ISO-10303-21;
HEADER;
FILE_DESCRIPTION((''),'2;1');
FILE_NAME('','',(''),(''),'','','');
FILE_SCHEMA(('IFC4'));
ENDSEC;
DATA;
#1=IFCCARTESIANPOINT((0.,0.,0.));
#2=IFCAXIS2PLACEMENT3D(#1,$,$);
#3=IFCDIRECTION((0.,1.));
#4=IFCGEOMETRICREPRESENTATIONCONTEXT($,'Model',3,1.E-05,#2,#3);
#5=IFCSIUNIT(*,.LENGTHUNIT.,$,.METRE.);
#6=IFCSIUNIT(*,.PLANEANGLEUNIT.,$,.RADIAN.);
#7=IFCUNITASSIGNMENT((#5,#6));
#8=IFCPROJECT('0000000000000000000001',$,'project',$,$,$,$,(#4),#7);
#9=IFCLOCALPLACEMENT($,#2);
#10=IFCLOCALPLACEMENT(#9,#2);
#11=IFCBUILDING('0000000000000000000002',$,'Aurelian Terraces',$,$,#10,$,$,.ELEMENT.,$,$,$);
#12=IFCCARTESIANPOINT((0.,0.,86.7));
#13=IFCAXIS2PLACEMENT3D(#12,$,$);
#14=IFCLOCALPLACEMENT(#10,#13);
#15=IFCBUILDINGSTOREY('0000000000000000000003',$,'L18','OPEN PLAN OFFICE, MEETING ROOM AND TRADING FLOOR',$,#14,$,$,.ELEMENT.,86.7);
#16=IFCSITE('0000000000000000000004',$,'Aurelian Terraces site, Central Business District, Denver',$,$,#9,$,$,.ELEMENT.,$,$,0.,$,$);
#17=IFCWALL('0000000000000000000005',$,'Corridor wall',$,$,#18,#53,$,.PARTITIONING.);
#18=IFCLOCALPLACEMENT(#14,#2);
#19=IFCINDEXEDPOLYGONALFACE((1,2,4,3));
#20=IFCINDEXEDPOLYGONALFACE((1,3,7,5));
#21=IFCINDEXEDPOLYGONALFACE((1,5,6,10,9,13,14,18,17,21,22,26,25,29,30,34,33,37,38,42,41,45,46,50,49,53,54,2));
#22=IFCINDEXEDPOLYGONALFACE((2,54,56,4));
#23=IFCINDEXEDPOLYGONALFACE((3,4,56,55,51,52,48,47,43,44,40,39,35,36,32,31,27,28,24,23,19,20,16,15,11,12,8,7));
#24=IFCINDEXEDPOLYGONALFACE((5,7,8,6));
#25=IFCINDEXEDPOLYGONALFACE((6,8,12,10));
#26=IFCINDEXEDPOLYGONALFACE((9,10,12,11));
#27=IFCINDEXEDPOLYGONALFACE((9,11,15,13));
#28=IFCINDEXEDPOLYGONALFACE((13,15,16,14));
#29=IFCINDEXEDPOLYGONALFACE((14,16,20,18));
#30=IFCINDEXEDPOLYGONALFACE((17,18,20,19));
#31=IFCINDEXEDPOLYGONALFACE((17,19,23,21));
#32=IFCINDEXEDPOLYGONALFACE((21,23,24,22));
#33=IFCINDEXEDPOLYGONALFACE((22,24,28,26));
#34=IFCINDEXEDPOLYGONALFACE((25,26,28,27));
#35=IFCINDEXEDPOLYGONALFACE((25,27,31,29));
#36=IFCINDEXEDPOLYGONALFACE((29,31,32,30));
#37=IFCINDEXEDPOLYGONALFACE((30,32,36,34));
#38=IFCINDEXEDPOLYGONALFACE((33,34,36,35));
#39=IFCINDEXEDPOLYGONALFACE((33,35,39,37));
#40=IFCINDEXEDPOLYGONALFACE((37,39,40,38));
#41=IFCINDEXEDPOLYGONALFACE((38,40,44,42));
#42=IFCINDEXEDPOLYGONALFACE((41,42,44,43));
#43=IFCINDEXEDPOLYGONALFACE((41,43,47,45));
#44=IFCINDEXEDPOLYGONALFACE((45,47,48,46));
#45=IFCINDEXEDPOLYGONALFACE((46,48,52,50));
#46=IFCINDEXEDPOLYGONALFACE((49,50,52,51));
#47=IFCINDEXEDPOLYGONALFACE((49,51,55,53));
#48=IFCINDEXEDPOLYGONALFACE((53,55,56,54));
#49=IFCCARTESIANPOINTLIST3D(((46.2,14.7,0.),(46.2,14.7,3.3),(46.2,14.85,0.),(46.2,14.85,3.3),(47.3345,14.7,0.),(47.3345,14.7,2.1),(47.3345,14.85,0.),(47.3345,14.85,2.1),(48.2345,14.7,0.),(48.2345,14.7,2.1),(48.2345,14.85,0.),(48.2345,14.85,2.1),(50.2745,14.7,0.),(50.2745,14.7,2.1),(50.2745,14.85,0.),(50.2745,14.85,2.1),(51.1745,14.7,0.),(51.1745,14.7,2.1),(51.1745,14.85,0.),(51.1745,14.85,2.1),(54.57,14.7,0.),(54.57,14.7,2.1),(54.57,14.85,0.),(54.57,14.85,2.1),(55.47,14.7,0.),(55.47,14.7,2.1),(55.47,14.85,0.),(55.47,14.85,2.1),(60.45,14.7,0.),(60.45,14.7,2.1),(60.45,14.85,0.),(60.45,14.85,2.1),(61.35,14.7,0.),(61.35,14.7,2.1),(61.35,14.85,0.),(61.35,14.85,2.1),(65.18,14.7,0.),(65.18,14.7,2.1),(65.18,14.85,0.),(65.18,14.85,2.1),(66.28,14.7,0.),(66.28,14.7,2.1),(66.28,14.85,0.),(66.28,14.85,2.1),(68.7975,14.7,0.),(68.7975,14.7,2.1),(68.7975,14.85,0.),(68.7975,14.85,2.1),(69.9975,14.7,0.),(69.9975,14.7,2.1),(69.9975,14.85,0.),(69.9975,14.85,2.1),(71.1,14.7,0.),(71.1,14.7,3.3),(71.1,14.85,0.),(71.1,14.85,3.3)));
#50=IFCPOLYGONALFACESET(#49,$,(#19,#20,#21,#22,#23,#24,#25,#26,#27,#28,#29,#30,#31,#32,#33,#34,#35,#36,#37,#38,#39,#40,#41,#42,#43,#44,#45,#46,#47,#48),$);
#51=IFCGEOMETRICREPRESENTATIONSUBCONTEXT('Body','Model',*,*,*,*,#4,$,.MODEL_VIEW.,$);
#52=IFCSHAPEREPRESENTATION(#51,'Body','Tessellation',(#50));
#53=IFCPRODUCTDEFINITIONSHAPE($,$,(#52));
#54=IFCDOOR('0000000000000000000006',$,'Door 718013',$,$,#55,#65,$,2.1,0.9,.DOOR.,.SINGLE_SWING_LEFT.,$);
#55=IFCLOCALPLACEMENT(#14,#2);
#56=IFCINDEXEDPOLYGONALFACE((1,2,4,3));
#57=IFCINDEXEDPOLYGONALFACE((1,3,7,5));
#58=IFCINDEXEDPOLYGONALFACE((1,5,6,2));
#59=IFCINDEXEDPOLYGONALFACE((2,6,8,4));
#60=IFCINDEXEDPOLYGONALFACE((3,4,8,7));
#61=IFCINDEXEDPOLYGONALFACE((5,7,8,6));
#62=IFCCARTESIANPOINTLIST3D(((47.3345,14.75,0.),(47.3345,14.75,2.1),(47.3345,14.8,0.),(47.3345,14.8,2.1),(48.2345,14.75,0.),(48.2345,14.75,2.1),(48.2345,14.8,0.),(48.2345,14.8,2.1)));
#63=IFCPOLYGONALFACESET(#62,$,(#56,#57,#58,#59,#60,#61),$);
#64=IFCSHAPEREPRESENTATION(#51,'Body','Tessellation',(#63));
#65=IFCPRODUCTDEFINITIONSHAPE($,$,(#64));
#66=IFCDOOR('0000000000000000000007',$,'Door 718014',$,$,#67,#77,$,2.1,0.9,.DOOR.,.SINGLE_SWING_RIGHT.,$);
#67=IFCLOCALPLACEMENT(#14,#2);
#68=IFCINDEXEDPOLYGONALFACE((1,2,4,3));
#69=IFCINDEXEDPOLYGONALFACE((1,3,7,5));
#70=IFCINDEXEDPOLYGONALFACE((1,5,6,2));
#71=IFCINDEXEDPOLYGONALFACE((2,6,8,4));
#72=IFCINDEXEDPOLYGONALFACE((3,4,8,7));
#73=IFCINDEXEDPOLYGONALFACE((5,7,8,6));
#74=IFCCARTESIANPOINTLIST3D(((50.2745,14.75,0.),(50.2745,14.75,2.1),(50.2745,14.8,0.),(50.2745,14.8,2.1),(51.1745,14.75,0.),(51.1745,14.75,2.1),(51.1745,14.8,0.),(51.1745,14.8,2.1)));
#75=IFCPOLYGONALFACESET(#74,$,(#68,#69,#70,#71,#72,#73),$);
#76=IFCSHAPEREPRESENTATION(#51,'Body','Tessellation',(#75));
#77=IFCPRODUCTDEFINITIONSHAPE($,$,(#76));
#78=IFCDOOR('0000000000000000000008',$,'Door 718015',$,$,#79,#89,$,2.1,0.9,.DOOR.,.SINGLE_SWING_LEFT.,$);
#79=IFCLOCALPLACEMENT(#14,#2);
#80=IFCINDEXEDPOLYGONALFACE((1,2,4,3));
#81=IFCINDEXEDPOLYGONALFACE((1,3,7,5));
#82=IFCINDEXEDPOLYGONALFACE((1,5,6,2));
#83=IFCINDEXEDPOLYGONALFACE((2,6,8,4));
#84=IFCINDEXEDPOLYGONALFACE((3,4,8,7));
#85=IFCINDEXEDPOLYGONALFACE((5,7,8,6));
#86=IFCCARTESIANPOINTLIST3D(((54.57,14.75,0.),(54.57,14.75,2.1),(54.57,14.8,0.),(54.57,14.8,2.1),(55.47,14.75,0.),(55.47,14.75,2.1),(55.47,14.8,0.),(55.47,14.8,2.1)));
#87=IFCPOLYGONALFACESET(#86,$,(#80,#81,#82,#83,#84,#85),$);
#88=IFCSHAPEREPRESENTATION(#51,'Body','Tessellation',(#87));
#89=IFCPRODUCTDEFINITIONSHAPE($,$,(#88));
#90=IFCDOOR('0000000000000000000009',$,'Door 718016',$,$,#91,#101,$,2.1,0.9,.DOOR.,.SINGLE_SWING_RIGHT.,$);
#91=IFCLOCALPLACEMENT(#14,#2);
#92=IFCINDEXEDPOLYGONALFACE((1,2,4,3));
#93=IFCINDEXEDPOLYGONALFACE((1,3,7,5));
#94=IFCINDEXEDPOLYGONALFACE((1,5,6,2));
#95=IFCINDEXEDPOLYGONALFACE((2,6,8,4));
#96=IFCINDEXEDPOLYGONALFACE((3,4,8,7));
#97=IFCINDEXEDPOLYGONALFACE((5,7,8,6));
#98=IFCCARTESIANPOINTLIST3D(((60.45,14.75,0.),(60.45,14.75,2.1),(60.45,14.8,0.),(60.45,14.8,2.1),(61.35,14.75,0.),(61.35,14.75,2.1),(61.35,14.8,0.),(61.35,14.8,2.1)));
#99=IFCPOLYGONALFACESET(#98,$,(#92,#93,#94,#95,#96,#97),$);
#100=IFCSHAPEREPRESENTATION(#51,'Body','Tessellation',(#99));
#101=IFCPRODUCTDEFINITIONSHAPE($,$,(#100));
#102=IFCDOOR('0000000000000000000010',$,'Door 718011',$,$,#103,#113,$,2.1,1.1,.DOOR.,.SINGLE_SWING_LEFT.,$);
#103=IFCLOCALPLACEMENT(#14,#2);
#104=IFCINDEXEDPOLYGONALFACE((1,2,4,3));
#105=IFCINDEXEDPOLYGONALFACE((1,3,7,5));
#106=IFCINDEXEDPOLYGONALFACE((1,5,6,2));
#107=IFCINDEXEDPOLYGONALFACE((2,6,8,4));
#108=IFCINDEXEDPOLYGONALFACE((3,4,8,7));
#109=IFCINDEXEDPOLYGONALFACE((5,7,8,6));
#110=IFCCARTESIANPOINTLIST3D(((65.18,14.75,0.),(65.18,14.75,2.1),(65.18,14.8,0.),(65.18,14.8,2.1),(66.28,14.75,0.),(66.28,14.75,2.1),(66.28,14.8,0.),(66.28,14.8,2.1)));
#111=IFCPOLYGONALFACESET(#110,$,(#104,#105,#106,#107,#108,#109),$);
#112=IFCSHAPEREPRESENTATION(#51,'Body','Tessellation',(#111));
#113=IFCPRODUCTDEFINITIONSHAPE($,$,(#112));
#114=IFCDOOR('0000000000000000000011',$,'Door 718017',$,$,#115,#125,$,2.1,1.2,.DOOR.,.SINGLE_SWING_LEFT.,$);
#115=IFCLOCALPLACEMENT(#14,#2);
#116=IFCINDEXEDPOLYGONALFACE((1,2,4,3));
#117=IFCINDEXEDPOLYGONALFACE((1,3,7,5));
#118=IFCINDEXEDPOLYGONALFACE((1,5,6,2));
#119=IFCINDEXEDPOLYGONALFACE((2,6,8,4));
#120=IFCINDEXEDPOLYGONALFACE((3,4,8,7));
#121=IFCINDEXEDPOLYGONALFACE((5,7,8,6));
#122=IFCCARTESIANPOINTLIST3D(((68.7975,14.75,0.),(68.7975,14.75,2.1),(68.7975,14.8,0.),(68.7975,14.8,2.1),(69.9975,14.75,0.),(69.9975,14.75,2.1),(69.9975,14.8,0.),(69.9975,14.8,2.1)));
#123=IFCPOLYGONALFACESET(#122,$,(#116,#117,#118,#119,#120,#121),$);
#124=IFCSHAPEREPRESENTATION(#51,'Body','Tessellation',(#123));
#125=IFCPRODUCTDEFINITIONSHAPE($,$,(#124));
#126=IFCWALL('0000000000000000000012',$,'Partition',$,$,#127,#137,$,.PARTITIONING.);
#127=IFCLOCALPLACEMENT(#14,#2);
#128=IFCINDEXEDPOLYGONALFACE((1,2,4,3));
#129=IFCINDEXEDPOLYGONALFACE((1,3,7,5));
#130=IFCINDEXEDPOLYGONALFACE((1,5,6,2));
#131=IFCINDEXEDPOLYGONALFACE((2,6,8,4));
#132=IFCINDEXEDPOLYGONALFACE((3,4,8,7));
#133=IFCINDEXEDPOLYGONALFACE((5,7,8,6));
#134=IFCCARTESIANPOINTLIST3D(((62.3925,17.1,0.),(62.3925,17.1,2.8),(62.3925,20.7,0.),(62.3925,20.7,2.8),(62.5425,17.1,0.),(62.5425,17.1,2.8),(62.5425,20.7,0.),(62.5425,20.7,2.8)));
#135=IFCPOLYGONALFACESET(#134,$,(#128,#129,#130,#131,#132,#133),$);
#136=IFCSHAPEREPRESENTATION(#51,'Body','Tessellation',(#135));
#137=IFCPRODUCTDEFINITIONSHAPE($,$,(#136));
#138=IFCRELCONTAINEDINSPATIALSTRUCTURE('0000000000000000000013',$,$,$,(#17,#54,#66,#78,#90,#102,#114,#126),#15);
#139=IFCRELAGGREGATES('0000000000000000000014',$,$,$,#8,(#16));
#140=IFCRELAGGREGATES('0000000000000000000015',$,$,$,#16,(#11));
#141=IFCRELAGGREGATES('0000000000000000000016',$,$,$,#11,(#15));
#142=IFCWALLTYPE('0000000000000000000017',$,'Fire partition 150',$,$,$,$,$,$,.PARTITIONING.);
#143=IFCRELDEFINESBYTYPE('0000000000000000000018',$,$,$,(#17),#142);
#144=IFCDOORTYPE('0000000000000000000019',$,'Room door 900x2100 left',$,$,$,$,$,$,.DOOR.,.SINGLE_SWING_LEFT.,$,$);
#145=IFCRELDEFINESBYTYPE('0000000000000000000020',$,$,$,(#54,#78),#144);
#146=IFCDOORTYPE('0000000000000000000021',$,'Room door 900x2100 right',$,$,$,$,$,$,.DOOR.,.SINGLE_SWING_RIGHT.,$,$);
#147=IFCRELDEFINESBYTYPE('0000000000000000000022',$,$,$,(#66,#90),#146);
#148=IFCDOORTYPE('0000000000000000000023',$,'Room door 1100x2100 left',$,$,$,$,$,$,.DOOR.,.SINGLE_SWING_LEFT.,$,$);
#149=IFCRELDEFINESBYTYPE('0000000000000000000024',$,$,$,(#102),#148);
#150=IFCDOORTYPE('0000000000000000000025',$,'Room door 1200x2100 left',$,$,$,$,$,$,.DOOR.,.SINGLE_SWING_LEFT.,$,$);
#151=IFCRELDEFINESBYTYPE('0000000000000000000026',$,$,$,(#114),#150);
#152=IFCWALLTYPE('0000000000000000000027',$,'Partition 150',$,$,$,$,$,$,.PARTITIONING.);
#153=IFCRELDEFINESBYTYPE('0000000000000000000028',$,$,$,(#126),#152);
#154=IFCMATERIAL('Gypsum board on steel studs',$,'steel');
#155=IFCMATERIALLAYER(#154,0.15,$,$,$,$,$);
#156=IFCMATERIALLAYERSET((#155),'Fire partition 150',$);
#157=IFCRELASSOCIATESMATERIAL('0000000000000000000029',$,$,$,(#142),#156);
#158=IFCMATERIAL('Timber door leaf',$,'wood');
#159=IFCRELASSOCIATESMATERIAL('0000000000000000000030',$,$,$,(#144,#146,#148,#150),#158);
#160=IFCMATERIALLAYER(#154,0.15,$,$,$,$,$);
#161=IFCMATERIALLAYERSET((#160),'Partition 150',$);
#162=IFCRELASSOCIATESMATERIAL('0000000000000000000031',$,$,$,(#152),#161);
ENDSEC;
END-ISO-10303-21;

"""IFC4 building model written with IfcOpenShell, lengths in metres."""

from ifc_helpers import new_model, si_unit, direction, frame, frame_2d, origin, place, context, subcontext, project, spatial, rectangle, extrude, source, transform, mapped, material, layer, layer_set, type_object, element, fill, save


model = new_model("IFC4")

# Units and contexts
model_context = context("Model", 3, precision=1e-05, world=origin(), true_north=direction((0.0, 1.0)))
body_context = subcontext(model_context, "Body", "Model", "MODEL_VIEW")
ifc_project = project(units=[si_unit("LENGTHUNIT", "METRE"), si_unit("PLANEANGLEUNIT", "RADIAN")], contexts=[model_context])

# Site, building, storey
site_placement = place(None, origin())
site = spatial("IfcSite", under=ifc_project, at=site_placement, Name="Aurelian Terraces site, Central Business District, Denver", CompositionType="ELEMENT", RefElevation=0.0)
building_placement = place(site_placement, origin())
building = spatial("IfcBuilding", under=site, at=building_placement, Name="Aurelian Terraces", CompositionType="ELEMENT")
storey_placement = place(building_placement, frame((0.0, 0.0, 86.7)))
storey = spatial("IfcBuildingStorey", under=building, at=storey_placement, Name="L18", Description="OPEN PLAN OFFICE, MEETING ROOM AND TRADING FLOOR", CompositionType="ELEMENT", Elevation=86.7)

# Wall, openings, doors
ifc_material_1 = material(Name="Gypsum board on steel studs", Category="steel")
ifc_layer_1 = layer(ifc_material_1, 0.15)
ifc_layer_set_1 = layer_set([ifc_layer_1], Name="Fire partition 150")
wall_type_1 = type_object("IfcWallType", Name="Fire partition 150", PredefinedType="PARTITIONING", material=ifc_layer_set_1)
shared_shape_1 = source(origin(), body_context, "Body", "SweptSolid", [
    extrude(rectangle(XDim=24.9, YDim=0.15, at=frame_2d((12.45, 0.0))), origin(), (0.0, 0.0, 1.0), 3.3),
])
wall_1_placement = place(storey_placement, frame((71.1, 14.775, 0.0), z_axis=(0.0, 0.0, 1.0), x_axis=(-1.0, 0.0, 0.0)))
wall_1 = element("IfcWall", 1, at=wall_1_placement, inside=storey, type_object=wall_type_1, Name="Corridor wall", PredefinedType="PARTITIONING", context=body_context, shape_type="MappedRepresentation", body=[
    mapped(shared_shape_1, transform((0.0, 0.0, 0.0), scale=1.0)),
])
shared_shape_2 = source(origin(), body_context, "Body", "SweptSolid", [
    extrude(rectangle(XDim=1.1, YDim=2.1, at=frame_2d((0.55, 1.05))), frame((0.0, 0.085, 0.0), z_axis=(0.0, -1.0, 0.0), x_axis=(1.0, 0.0, 0.0)), (0.0, 0.0, 1.0), 0.17),
])
opening_1_placement = place(wall_1_placement, frame((4.82, 0.0, 0.0)))
opening_1 = element("IfcOpeningElement", 2, at=opening_1_placement, cuts=wall_1, PredefinedType="OPENING", context=body_context, shape_type="MappedRepresentation", body=[
    mapped(shared_shape_2, transform((0.0, 0.0, 0.0), scale=1.0)),
])
shared_shape_3 = source(origin(), body_context, "Body", "SweptSolid", [
    extrude(rectangle(XDim=0.9, YDim=2.1, at=frame_2d((0.45, 1.05))), frame((0.0, 0.085, 0.0), z_axis=(0.0, -1.0, 0.0), x_axis=(1.0, 0.0, 0.0)), (0.0, 0.0, 1.0), 0.17),
])
opening_2_placement = place(wall_1_placement, frame((22.8655, 0.0, 0.0)))
opening_2 = element("IfcOpeningElement", 3, at=opening_2_placement, cuts=wall_1, PredefinedType="OPENING", context=body_context, shape_type="MappedRepresentation", body=[
    mapped(shared_shape_3, transform((0.0, 0.0, 0.0), scale=1.0)),
])
opening_3_placement = place(wall_1_placement, frame((19.9255, 0.0, 0.0)))
opening_3 = element("IfcOpeningElement", 4, at=opening_3_placement, cuts=wall_1, PredefinedType="OPENING", context=body_context, shape_type="MappedRepresentation", body=[
    mapped(shared_shape_3, transform((0.0, 0.0, 0.0), scale=1.0)),
])
opening_4_placement = place(wall_1_placement, frame((15.63, 0.0, 0.0)))
opening_4 = element("IfcOpeningElement", 5, at=opening_4_placement, cuts=wall_1, PredefinedType="OPENING", context=body_context, shape_type="MappedRepresentation", body=[
    mapped(shared_shape_3, transform((0.0, 0.0, 0.0), scale=1.0)),
])
opening_5_placement = place(wall_1_placement, frame((9.75, 0.0, 0.0)))
opening_5 = element("IfcOpeningElement", 6, at=opening_5_placement, cuts=wall_1, PredefinedType="OPENING", context=body_context, shape_type="MappedRepresentation", body=[
    mapped(shared_shape_3, transform((0.0, 0.0, 0.0), scale=1.0)),
])
shared_shape_4 = source(origin(), body_context, "Body", "SweptSolid", [
    extrude(rectangle(XDim=1.2, YDim=2.1, at=frame_2d((0.6, 1.05))), frame((0.0, 0.085, 0.0), z_axis=(0.0, -1.0, 0.0), x_axis=(1.0, 0.0, 0.0)), (0.0, 0.0, 1.0), 0.17),
])
opening_6_placement = place(wall_1_placement, frame((1.1025, 0.0, 0.0)))
opening_6 = element("IfcOpeningElement", 7, at=opening_6_placement, cuts=wall_1, PredefinedType="OPENING", context=body_context, shape_type="MappedRepresentation", body=[
    mapped(shared_shape_4, transform((0.0, 0.0, 0.0), scale=1.0)),
])
ifc_material_2 = material(Name="Timber door leaf", Category="wood")
door_type_1 = type_object("IfcDoorType", Name="Room door 900x2100 left", OperationType="SINGLE_SWING_LEFT", PredefinedType="DOOR", material=ifc_material_2)
shared_shape_5 = source(origin(), body_context, "Body", "SweptSolid", [
    extrude(rectangle(XDim=0.9, YDim=2.1, at=frame_2d((0.45, 1.05))), frame((0.0, 0.025, 0.0), z_axis=(0.0, -1.0, 0.0), x_axis=(1.0, 0.0, 0.0)), (0.0, 0.0, 1.0), 0.05),
])
door_1_placement = place(opening_2_placement, origin())
door_1 = element("IfcDoor", 8, at=door_1_placement, inside=storey, type_object=door_type_1, Name="Door 718013", OperationType="SINGLE_SWING_LEFT", OverallHeight=2.1, OverallWidth=0.9, PredefinedType="DOOR", context=body_context, shape_type="MappedRepresentation", body=[
    mapped(shared_shape_5, transform((0.0, 0.0, 0.0), scale=1.0)),
])
fill(opening_2, door_1)
door_type_2 = type_object("IfcDoorType", Name="Room door 900x2100 right", OperationType="SINGLE_SWING_RIGHT", PredefinedType="DOOR", material=ifc_material_2)
door_2_placement = place(opening_3_placement, origin())
door_2 = element("IfcDoor", 9, at=door_2_placement, inside=storey, type_object=door_type_2, Name="Door 718014", OperationType="SINGLE_SWING_RIGHT", OverallHeight=2.1, OverallWidth=0.9, PredefinedType="DOOR", context=body_context, shape_type="MappedRepresentation", body=[
    mapped(shared_shape_5, transform((0.0, 0.0, 0.0), scale=1.0)),
])
fill(opening_3, door_2)
door_3_placement = place(opening_4_placement, origin())
door_3 = element("IfcDoor", 10, at=door_3_placement, inside=storey, type_object=door_type_1, Name="Door 718015", OperationType="SINGLE_SWING_LEFT", OverallHeight=2.1, OverallWidth=0.9, PredefinedType="DOOR", context=body_context, shape_type="MappedRepresentation", body=[
    mapped(shared_shape_5, transform((0.0, 0.0, 0.0), scale=1.0)),
])
fill(opening_4, door_3)
door_4_placement = place(opening_5_placement, origin())
door_4 = element("IfcDoor", 11, at=door_4_placement, inside=storey, type_object=door_type_2, Name="Door 718016", OperationType="SINGLE_SWING_RIGHT", OverallHeight=2.1, OverallWidth=0.9, PredefinedType="DOOR", context=body_context, shape_type="MappedRepresentation", body=[
    mapped(shared_shape_5, transform((0.0, 0.0, 0.0), scale=1.0)),
])
fill(opening_5, door_4)
door_type_3 = type_object("IfcDoorType", Name="Room door 1100x2100 left", OperationType="SINGLE_SWING_LEFT", PredefinedType="DOOR", material=ifc_material_2)
shared_shape_6 = source(origin(), body_context, "Body", "SweptSolid", [
    extrude(rectangle(XDim=1.1, YDim=2.1, at=frame_2d((0.55, 1.05))), frame((0.0, 0.025, 0.0), z_axis=(0.0, -1.0, 0.0), x_axis=(1.0, 0.0, 0.0)), (0.0, 0.0, 1.0), 0.05),
])
door_5_placement = place(opening_1_placement, origin())
door_5 = element("IfcDoor", 12, at=door_5_placement, inside=storey, type_object=door_type_3, Name="Door 718011", OperationType="SINGLE_SWING_LEFT", OverallHeight=2.1, OverallWidth=1.1, PredefinedType="DOOR", context=body_context, shape_type="MappedRepresentation", body=[
    mapped(shared_shape_6, transform((0.0, 0.0, 0.0), scale=1.0)),
])
fill(opening_1, door_5)
door_type_4 = type_object("IfcDoorType", Name="Room door 1200x2100 left", OperationType="SINGLE_SWING_LEFT", PredefinedType="DOOR", material=ifc_material_2)
shared_shape_7 = source(origin(), body_context, "Body", "SweptSolid", [
    extrude(rectangle(XDim=1.2, YDim=2.1, at=frame_2d((0.6, 1.05))), frame((0.0, 0.025, 0.0), z_axis=(0.0, -1.0, 0.0), x_axis=(1.0, 0.0, 0.0)), (0.0, 0.0, 1.0), 0.05),
])
door_6_placement = place(opening_6_placement, origin())
door_6 = element("IfcDoor", 13, at=door_6_placement, inside=storey, type_object=door_type_4, Name="Door 718017", OperationType="SINGLE_SWING_LEFT", OverallHeight=2.1, OverallWidth=1.2, PredefinedType="DOOR", context=body_context, shape_type="MappedRepresentation", body=[
    mapped(shared_shape_7, transform((0.0, 0.0, 0.0), scale=1.0)),
])
fill(opening_6, door_6)

# Wall
ifc_layer_2 = layer(ifc_material_1, 0.15)
ifc_layer_set_2 = layer_set([ifc_layer_2], Name="Partition 150")
wall_type_2 = type_object("IfcWallType", Name="Partition 150", PredefinedType="PARTITIONING", material=ifc_layer_set_2)
shared_shape_8 = source(origin(), body_context, "Body", "SweptSolid", [
    extrude(rectangle(XDim=3.6, YDim=0.15, at=frame_2d((1.8, 0.0))), origin(), (0.0, 0.0, 1.0), 2.8),
])
wall_2_placement = place(storey_placement, frame((62.4675, 20.7, 0.0), z_axis=(0.0, 0.0, 1.0), x_axis=(0.0, -1.0, 0.0)))
element("IfcWall", 14, at=wall_2_placement, inside=storey, type_object=wall_type_2, Name="Partition", PredefinedType="PARTITIONING", context=body_context, shape_type="MappedRepresentation", body=[
    mapped(shared_shape_8, transform((0.0, 0.0, 0.0), scale=1.0)),
])

save(model, "model.ifc")
